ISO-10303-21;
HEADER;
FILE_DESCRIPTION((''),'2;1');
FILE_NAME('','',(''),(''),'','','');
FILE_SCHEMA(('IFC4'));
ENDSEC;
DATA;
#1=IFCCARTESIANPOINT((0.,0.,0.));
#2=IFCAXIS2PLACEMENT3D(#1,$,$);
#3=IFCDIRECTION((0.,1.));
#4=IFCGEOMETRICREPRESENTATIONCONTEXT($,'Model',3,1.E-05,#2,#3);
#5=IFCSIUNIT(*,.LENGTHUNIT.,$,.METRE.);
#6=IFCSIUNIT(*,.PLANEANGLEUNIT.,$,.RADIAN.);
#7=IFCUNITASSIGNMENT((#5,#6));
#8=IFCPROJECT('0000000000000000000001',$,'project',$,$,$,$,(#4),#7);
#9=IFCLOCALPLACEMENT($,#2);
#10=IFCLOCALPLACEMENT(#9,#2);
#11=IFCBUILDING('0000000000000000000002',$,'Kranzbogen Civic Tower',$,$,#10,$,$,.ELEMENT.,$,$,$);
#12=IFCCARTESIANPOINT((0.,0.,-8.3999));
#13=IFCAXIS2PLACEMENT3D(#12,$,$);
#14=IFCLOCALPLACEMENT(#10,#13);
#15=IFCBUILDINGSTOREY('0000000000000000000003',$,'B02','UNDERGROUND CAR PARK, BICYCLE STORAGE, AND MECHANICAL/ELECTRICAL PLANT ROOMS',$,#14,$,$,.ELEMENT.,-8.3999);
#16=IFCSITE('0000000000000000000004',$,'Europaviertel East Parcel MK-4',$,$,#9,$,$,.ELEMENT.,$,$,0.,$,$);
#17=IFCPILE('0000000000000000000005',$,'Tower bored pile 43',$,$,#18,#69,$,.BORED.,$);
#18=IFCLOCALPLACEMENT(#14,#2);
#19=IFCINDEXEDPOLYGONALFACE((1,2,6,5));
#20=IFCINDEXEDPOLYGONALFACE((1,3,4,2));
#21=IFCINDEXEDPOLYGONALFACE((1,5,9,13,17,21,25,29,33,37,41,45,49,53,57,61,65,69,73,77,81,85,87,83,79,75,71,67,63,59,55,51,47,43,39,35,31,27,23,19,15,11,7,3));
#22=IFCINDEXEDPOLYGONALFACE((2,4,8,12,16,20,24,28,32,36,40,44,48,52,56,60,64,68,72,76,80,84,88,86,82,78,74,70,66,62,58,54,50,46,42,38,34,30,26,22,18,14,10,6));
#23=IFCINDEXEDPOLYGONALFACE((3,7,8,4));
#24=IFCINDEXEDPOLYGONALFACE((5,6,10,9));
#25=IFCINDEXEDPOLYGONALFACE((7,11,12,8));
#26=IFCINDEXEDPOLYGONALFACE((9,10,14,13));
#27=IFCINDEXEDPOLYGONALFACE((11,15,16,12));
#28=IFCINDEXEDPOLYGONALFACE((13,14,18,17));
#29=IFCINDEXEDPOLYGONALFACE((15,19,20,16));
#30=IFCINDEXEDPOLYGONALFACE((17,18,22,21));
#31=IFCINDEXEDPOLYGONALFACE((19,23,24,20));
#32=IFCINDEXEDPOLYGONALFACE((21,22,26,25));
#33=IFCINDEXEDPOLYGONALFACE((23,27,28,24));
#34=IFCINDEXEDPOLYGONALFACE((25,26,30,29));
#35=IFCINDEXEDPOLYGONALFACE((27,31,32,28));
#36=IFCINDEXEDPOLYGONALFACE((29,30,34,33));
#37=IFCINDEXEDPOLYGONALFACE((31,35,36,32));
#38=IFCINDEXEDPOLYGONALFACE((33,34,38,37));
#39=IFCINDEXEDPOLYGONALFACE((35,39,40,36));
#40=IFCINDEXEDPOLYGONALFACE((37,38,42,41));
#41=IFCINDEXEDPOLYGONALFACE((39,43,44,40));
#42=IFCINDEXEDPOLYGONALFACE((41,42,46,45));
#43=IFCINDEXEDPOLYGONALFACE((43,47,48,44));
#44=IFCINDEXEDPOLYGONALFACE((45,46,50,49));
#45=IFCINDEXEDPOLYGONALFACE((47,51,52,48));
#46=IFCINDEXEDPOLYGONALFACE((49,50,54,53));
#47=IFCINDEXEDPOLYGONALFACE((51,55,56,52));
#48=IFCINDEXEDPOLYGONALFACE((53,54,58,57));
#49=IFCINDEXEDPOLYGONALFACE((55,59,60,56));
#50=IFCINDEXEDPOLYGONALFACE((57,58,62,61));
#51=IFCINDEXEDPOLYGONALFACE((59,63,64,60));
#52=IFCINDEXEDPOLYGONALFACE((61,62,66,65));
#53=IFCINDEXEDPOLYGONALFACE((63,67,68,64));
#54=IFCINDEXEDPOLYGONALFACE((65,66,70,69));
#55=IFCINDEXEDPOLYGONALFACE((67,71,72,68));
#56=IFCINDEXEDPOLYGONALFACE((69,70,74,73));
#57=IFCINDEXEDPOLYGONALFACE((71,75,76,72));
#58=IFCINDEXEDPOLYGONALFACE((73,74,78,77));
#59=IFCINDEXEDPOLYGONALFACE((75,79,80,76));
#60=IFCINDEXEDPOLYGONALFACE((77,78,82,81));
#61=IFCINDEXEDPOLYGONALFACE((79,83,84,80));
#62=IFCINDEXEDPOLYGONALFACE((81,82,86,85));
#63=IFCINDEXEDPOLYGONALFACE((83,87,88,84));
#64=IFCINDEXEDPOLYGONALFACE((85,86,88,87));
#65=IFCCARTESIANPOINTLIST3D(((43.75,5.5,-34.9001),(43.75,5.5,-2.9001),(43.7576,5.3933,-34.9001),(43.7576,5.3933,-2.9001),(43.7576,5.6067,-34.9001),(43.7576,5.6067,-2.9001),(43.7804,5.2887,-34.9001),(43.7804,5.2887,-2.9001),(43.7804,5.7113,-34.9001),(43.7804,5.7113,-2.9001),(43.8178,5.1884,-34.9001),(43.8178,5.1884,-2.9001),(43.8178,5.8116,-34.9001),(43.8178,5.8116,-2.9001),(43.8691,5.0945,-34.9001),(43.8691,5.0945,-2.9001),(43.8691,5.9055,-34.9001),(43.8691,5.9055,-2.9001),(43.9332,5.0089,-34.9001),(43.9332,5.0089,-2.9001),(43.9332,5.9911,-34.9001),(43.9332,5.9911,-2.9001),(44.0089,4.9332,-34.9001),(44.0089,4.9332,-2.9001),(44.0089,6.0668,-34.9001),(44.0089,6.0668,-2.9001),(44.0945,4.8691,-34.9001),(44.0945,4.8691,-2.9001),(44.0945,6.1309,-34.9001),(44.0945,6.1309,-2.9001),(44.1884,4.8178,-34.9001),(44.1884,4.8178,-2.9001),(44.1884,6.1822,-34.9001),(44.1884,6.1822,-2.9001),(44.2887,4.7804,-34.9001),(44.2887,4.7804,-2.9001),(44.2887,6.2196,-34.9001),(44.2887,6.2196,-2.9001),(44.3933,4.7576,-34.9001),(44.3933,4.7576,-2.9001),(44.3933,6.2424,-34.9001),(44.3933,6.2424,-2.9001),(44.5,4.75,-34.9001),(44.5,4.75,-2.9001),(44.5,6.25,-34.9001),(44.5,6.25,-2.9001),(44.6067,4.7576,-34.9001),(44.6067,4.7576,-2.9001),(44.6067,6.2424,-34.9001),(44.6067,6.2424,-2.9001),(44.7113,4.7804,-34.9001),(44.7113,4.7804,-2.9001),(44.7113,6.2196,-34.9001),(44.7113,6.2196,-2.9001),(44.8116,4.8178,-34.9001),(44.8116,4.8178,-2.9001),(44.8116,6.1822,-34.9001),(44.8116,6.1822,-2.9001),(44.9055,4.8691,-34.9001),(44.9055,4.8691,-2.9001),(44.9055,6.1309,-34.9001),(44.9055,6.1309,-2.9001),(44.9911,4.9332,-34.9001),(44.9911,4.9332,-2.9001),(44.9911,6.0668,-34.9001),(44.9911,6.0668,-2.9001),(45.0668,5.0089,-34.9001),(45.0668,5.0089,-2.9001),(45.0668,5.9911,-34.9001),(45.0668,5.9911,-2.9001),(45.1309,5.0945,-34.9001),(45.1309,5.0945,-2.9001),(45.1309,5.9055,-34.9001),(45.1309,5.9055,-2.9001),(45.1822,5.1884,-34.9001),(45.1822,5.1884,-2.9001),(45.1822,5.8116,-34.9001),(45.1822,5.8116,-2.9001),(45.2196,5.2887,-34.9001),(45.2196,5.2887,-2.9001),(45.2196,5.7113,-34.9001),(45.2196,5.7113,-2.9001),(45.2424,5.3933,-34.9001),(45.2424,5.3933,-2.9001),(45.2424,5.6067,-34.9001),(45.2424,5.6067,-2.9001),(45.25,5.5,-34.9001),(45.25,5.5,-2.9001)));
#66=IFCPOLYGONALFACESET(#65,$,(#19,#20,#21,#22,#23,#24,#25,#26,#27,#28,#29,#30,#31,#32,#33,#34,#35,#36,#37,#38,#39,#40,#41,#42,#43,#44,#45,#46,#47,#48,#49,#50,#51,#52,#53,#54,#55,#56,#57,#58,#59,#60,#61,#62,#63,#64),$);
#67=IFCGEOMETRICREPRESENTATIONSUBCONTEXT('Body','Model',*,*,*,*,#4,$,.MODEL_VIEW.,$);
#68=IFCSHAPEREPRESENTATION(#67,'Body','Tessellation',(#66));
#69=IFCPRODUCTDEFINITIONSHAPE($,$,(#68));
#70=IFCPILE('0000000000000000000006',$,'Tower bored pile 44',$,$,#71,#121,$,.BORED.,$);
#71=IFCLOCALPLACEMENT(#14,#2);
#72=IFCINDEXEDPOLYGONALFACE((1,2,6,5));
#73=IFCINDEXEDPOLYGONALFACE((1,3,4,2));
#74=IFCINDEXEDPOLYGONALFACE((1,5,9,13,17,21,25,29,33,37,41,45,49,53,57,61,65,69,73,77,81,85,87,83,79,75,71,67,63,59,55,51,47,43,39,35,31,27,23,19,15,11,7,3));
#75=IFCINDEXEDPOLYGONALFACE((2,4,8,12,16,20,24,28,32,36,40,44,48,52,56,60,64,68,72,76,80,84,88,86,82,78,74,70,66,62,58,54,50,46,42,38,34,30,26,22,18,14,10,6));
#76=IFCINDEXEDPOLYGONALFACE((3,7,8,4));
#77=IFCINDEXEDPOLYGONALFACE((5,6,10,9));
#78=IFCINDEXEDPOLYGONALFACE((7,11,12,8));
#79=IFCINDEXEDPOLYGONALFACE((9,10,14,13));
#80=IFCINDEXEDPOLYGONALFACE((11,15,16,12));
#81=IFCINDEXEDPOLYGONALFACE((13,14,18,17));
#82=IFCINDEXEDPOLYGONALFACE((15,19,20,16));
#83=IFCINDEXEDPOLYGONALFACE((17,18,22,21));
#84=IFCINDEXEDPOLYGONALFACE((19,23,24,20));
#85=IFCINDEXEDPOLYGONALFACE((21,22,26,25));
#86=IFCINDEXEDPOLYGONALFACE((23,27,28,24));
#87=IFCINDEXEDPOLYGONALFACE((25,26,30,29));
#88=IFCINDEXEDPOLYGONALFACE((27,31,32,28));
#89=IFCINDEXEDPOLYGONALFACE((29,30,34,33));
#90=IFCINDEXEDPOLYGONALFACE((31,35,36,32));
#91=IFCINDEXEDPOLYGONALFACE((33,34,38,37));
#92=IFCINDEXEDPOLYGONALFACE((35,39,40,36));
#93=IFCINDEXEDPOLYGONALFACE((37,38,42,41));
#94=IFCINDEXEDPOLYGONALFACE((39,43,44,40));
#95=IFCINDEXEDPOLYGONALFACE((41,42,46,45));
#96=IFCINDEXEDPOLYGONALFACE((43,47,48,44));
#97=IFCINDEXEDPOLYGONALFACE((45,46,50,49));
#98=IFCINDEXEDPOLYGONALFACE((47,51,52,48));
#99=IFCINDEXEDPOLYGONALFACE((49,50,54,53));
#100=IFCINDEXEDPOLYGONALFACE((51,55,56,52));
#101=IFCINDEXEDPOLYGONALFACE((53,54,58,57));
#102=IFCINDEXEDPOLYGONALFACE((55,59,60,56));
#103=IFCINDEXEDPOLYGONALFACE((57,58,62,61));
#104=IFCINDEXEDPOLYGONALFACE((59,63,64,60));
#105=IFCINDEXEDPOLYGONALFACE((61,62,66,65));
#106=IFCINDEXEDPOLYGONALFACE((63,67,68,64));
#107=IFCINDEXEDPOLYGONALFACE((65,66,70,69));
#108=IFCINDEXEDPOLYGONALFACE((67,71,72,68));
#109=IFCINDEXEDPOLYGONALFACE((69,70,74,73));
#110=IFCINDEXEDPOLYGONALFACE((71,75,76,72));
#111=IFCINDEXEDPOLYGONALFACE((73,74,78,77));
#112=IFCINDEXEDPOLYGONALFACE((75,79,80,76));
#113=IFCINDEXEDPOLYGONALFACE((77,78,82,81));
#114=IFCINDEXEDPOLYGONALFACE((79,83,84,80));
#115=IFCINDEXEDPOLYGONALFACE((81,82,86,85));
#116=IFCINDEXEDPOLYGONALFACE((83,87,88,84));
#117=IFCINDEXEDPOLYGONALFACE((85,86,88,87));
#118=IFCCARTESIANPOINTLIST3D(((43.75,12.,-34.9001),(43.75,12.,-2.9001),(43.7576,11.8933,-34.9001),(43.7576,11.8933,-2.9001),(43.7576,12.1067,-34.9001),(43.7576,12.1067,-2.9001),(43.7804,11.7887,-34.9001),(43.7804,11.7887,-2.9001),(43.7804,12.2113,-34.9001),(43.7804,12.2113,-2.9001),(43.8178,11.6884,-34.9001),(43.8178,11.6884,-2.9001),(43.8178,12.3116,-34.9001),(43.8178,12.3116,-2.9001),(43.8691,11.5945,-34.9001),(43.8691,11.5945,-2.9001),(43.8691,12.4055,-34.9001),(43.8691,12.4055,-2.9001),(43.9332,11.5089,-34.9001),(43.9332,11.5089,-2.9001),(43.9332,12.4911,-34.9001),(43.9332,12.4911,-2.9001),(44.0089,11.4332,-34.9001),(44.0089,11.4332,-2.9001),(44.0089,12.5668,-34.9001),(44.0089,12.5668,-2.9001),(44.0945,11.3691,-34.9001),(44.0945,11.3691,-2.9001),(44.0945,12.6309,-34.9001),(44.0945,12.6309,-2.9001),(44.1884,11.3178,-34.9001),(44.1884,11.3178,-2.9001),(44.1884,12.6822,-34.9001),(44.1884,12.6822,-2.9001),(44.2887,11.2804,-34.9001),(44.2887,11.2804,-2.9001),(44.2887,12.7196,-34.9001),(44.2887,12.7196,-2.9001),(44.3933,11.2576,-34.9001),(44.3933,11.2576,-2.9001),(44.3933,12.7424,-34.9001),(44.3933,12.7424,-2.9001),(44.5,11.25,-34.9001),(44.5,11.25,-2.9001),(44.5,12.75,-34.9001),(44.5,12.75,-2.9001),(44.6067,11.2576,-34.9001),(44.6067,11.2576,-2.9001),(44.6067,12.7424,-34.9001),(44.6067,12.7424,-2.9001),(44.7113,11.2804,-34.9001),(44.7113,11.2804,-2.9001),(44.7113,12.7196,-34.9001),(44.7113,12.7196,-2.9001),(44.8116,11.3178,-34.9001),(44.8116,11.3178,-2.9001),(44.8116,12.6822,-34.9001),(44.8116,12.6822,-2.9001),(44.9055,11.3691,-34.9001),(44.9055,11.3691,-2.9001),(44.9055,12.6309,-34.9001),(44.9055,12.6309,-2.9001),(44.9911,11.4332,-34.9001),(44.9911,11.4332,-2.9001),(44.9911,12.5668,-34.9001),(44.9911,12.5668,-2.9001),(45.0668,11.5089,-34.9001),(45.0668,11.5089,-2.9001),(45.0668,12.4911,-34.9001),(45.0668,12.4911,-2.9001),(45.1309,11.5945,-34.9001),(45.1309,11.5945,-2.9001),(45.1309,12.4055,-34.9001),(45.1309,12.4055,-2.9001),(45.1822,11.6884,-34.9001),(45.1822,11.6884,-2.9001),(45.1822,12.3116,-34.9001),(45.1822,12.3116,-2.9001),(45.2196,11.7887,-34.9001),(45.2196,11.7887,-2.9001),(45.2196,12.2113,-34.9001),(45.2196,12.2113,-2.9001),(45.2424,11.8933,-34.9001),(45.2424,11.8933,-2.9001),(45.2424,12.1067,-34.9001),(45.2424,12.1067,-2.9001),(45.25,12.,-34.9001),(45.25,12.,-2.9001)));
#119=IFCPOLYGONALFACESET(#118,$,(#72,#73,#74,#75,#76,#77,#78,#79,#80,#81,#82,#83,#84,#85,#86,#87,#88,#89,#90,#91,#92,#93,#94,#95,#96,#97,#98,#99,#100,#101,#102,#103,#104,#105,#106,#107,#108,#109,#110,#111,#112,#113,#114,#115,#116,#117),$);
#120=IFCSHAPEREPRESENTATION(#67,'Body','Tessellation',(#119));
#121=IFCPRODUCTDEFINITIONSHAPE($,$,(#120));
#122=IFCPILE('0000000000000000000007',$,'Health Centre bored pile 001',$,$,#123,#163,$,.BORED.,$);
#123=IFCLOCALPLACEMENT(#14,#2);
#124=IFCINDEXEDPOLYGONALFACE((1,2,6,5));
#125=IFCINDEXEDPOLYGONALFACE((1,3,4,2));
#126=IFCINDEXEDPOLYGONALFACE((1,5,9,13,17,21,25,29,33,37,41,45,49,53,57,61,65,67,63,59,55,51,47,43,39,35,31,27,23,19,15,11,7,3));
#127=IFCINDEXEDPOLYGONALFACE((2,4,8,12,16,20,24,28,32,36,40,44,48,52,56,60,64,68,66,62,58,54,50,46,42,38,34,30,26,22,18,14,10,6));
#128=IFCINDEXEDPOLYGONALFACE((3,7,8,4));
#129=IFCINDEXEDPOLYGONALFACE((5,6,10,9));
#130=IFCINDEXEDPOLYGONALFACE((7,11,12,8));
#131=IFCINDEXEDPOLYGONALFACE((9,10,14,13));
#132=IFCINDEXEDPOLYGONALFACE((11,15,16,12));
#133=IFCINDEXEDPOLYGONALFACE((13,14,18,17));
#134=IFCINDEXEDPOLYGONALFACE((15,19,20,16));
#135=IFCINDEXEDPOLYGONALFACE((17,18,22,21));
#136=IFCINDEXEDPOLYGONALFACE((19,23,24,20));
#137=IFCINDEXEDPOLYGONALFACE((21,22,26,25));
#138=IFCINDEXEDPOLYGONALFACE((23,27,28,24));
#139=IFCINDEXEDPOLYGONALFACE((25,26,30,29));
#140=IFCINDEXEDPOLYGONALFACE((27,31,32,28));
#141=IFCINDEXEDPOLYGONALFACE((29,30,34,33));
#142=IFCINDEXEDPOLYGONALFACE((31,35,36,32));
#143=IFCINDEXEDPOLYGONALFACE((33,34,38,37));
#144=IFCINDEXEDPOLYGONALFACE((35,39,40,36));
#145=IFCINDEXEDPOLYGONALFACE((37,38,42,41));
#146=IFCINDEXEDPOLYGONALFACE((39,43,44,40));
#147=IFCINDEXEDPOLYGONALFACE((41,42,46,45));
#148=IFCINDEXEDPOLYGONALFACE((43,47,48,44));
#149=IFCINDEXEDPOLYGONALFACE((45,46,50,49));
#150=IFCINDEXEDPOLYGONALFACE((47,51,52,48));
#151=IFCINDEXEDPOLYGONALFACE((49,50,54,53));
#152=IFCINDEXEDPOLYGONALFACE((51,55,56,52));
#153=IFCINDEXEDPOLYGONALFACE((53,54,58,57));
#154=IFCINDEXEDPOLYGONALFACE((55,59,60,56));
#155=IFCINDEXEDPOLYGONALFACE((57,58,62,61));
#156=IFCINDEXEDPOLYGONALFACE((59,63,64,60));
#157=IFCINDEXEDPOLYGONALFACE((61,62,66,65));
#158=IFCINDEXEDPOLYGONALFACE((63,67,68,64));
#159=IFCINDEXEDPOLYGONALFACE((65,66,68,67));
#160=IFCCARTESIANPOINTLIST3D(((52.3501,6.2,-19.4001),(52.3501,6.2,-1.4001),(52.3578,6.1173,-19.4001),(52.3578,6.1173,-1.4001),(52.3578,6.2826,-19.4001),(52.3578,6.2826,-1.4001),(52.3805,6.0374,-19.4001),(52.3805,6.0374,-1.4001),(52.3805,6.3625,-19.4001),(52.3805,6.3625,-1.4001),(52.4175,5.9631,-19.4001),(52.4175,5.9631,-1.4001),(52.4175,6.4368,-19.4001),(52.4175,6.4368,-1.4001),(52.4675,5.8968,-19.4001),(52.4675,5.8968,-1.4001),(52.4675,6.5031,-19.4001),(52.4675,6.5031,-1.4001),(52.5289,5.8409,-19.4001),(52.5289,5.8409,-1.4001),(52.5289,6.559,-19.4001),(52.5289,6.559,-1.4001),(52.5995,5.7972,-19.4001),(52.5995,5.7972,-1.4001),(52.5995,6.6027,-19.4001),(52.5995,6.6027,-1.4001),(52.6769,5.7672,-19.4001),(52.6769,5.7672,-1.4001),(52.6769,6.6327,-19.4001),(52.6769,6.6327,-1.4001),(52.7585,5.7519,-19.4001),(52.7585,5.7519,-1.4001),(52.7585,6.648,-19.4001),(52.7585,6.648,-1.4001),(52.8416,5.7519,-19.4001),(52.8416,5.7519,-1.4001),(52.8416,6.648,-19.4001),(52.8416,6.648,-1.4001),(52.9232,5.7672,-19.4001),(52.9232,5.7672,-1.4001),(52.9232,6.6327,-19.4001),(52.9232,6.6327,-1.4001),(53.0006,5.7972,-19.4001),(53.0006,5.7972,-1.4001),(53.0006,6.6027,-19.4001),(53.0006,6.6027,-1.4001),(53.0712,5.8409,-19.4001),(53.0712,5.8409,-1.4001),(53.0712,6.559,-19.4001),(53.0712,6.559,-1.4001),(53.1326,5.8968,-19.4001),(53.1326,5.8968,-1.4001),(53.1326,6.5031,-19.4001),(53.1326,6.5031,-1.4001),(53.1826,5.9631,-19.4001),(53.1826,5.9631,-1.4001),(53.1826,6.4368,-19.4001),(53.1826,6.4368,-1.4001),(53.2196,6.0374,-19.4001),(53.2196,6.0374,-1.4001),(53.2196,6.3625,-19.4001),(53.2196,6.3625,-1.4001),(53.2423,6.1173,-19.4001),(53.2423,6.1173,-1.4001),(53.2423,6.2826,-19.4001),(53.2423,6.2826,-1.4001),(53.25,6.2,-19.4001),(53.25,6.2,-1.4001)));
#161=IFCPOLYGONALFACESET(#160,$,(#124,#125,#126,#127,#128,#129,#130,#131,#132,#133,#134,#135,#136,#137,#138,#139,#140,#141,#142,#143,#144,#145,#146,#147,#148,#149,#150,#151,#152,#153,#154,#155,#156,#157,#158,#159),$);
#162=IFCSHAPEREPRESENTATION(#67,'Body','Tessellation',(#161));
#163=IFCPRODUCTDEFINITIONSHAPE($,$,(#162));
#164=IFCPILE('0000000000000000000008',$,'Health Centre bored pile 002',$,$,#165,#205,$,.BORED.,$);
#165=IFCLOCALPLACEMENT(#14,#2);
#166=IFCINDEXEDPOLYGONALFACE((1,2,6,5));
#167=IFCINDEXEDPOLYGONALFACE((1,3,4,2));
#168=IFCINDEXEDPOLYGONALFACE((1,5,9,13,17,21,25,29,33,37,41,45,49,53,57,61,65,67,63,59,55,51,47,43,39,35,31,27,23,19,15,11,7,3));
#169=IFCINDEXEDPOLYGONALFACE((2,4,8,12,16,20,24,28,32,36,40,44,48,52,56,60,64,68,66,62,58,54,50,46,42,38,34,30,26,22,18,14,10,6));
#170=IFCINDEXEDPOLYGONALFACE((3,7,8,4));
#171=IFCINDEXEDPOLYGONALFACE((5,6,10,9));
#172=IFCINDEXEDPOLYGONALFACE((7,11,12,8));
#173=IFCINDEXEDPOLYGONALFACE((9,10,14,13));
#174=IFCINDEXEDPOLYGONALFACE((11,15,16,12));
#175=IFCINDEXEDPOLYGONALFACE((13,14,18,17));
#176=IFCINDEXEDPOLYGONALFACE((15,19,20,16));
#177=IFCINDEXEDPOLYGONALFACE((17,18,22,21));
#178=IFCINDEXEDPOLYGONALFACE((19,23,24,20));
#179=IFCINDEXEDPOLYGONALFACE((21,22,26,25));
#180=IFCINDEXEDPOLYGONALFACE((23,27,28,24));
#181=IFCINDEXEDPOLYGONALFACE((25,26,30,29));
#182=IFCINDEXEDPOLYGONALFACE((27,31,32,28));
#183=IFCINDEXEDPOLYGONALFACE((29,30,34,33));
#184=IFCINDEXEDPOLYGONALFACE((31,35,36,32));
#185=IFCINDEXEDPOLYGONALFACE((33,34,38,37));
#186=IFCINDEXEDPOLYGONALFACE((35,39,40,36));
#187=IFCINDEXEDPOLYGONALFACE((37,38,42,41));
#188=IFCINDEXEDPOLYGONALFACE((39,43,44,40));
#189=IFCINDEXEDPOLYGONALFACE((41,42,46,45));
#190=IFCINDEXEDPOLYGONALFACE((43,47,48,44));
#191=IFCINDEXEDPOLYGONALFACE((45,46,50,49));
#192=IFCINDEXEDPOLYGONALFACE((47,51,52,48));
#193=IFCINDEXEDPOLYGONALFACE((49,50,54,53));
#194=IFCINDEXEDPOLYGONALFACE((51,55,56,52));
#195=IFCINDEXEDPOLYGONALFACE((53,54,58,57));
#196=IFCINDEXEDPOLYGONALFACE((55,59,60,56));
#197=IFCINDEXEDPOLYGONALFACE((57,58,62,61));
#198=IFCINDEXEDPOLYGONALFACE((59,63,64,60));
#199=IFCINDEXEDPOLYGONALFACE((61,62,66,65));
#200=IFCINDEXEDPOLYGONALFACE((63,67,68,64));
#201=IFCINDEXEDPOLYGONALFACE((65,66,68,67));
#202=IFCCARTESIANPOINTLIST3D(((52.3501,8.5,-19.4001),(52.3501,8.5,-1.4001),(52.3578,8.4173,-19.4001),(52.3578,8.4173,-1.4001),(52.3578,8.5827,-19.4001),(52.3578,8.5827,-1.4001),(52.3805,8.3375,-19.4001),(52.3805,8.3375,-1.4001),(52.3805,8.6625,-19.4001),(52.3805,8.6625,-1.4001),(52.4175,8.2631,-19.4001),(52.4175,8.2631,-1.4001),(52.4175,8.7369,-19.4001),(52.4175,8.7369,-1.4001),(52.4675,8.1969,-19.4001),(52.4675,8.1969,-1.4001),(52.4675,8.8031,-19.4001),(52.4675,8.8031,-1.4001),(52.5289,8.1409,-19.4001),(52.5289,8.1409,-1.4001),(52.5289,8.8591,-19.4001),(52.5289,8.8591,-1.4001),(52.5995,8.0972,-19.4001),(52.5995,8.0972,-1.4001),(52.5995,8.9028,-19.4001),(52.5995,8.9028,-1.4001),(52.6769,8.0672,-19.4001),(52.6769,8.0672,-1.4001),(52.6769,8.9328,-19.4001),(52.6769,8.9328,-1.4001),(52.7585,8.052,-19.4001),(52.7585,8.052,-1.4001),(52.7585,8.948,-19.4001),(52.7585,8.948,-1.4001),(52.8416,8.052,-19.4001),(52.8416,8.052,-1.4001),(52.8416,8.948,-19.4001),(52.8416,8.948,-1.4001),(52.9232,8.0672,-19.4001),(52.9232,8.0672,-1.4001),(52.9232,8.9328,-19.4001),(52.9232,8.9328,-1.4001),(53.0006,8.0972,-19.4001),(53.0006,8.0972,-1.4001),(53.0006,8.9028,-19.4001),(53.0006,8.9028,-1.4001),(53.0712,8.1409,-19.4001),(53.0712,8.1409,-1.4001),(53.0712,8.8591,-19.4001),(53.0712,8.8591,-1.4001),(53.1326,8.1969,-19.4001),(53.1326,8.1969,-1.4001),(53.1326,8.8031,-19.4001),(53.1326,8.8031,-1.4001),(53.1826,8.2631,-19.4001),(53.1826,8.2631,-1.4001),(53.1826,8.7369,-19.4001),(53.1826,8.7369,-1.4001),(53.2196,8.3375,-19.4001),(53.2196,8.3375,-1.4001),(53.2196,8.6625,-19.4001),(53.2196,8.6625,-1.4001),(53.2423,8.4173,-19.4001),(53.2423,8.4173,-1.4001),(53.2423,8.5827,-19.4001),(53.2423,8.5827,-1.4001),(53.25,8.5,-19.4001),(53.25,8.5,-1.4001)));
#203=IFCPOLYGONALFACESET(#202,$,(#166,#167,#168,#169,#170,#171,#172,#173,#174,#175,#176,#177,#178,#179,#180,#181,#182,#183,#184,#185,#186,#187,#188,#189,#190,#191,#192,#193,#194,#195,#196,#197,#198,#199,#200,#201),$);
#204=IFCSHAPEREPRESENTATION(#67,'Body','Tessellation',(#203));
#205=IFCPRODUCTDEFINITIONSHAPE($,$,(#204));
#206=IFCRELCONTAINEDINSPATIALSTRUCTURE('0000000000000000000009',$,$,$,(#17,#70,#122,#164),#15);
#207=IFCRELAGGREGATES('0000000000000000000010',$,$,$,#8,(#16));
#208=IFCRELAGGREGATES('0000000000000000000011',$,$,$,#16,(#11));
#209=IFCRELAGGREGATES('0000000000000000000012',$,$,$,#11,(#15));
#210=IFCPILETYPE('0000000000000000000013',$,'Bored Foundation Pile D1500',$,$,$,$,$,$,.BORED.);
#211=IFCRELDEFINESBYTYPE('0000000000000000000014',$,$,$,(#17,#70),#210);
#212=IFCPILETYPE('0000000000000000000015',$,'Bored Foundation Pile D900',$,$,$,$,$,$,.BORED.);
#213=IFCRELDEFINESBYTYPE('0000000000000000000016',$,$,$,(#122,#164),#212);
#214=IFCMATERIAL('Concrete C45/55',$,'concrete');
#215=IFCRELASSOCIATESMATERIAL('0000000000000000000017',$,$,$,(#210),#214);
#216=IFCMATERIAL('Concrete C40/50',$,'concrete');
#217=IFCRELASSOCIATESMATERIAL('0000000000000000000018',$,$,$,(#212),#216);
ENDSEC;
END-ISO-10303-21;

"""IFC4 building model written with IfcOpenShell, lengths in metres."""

from ifc_helpers import new_model, si_unit, direction, frame, origin, origin_2d, place, context, subcontext, project, spatial, circle, extrude, material, material_profile, profile_set, type_object, element, save


model = new_model("IFC4")

# Units and contexts
model_context = context("Model", 3, precision=1e-05, world=origin(), true_north=direction((0.0, 1.0)))
body_context = subcontext(model_context, "Body", "Model", "MODEL_VIEW")
ifc_project = project(units=[si_unit("LENGTHUNIT", "METRE"), si_unit("PLANEANGLEUNIT", "RADIAN")], contexts=[model_context])

# Site, building, storey
site_placement = place(None, origin())
site = spatial("IfcSite", under=ifc_project, at=site_placement, Name="Europaviertel East Parcel MK-4", CompositionType="ELEMENT", RefElevation=0.0)
building_placement = place(site_placement, origin())
building = spatial("IfcBuilding", under=site, at=building_placement, Name="Kranzbogen Civic Tower", CompositionType="ELEMENT")
storey_placement = place(building_placement, frame((0.0, 0.0, -8.3999)))
storey = spatial("IfcBuildingStorey", under=building, at=storey_placement, Name="B02", Description="UNDERGROUND CAR PARK, BICYCLE STORAGE, AND MECHANICAL/ELECTRICAL PLANT ROOMS", CompositionType="ELEMENT", Elevation=-8.3999)

# Piles
ifc_material_1 = material(Name="Concrete C45/55", Category="concrete")
ifc_material_profile_1 = material_profile(ifc_material_1, circle(Radius=0.75, at=origin_2d()), Name="PILE D1500")
ifc_profile_set_1 = profile_set([ifc_material_profile_1], Name="Concrete C45/55")
pile_type_1 = type_object("IfcPileType", Name="Bored Foundation Pile D1500", PredefinedType="BORED", material=ifc_profile_set_1)
for number, where, z_axis, x_axis, name in (
    (1, (44.5, 5.5, -2.9001), (0.0, 0.0, -1.0), (1.0, 0.0, 0.0), "Tower bored pile 43"),
    (2, (44.5, 12.0, -2.9001), (0.0, 0.0, -1.0), (1.0, 0.0, 0.0), "Tower bored pile 44"),
):
    element("IfcPile", number, at=place(storey_placement, frame(where, z_axis=z_axis, x_axis=x_axis)), inside=storey, type_object=pile_type_1, Name=name, PredefinedType="BORED", context=body_context, shape_type="SweptSolid", body=[
        extrude(circle(Radius=0.75, at=origin_2d()), origin(), (0.0, 0.0, 1.0), 32.0),
    ])
ifc_material_2 = material(Name="Concrete C40/50", Category="concrete")
ifc_material_profile_2 = material_profile(ifc_material_2, circle(Radius=0.45, at=origin_2d()), Name="PILE D900")
ifc_profile_set_2 = profile_set([ifc_material_profile_2], Name="Concrete C40/50")
pile_type_2 = type_object("IfcPileType", Name="Bored Foundation Pile D900", PredefinedType="BORED", material=ifc_profile_set_2)
for number, where, z_axis, x_axis, name in (
    (3, (52.8, 6.2, -1.4001), (0.0, 0.0, -1.0), (1.0, 0.0, 0.0), "Health Centre bored pile 001"),
    (4, (52.8, 8.5, -1.4001), (0.0, 0.0, -1.0), (1.0, 0.0, 0.0), "Health Centre bored pile 002"),
):
    element("IfcPile", number, at=place(storey_placement, frame(where, z_axis=z_axis, x_axis=x_axis)), inside=storey, type_object=pile_type_2, Name=name, PredefinedType="BORED", context=body_context, shape_type="SweptSolid", body=[
        extrude(circle(Radius=0.45, at=origin_2d()), origin(), (0.0, 0.0, 1.0), 18.0),
    ])

save(model, "model.ifc")
